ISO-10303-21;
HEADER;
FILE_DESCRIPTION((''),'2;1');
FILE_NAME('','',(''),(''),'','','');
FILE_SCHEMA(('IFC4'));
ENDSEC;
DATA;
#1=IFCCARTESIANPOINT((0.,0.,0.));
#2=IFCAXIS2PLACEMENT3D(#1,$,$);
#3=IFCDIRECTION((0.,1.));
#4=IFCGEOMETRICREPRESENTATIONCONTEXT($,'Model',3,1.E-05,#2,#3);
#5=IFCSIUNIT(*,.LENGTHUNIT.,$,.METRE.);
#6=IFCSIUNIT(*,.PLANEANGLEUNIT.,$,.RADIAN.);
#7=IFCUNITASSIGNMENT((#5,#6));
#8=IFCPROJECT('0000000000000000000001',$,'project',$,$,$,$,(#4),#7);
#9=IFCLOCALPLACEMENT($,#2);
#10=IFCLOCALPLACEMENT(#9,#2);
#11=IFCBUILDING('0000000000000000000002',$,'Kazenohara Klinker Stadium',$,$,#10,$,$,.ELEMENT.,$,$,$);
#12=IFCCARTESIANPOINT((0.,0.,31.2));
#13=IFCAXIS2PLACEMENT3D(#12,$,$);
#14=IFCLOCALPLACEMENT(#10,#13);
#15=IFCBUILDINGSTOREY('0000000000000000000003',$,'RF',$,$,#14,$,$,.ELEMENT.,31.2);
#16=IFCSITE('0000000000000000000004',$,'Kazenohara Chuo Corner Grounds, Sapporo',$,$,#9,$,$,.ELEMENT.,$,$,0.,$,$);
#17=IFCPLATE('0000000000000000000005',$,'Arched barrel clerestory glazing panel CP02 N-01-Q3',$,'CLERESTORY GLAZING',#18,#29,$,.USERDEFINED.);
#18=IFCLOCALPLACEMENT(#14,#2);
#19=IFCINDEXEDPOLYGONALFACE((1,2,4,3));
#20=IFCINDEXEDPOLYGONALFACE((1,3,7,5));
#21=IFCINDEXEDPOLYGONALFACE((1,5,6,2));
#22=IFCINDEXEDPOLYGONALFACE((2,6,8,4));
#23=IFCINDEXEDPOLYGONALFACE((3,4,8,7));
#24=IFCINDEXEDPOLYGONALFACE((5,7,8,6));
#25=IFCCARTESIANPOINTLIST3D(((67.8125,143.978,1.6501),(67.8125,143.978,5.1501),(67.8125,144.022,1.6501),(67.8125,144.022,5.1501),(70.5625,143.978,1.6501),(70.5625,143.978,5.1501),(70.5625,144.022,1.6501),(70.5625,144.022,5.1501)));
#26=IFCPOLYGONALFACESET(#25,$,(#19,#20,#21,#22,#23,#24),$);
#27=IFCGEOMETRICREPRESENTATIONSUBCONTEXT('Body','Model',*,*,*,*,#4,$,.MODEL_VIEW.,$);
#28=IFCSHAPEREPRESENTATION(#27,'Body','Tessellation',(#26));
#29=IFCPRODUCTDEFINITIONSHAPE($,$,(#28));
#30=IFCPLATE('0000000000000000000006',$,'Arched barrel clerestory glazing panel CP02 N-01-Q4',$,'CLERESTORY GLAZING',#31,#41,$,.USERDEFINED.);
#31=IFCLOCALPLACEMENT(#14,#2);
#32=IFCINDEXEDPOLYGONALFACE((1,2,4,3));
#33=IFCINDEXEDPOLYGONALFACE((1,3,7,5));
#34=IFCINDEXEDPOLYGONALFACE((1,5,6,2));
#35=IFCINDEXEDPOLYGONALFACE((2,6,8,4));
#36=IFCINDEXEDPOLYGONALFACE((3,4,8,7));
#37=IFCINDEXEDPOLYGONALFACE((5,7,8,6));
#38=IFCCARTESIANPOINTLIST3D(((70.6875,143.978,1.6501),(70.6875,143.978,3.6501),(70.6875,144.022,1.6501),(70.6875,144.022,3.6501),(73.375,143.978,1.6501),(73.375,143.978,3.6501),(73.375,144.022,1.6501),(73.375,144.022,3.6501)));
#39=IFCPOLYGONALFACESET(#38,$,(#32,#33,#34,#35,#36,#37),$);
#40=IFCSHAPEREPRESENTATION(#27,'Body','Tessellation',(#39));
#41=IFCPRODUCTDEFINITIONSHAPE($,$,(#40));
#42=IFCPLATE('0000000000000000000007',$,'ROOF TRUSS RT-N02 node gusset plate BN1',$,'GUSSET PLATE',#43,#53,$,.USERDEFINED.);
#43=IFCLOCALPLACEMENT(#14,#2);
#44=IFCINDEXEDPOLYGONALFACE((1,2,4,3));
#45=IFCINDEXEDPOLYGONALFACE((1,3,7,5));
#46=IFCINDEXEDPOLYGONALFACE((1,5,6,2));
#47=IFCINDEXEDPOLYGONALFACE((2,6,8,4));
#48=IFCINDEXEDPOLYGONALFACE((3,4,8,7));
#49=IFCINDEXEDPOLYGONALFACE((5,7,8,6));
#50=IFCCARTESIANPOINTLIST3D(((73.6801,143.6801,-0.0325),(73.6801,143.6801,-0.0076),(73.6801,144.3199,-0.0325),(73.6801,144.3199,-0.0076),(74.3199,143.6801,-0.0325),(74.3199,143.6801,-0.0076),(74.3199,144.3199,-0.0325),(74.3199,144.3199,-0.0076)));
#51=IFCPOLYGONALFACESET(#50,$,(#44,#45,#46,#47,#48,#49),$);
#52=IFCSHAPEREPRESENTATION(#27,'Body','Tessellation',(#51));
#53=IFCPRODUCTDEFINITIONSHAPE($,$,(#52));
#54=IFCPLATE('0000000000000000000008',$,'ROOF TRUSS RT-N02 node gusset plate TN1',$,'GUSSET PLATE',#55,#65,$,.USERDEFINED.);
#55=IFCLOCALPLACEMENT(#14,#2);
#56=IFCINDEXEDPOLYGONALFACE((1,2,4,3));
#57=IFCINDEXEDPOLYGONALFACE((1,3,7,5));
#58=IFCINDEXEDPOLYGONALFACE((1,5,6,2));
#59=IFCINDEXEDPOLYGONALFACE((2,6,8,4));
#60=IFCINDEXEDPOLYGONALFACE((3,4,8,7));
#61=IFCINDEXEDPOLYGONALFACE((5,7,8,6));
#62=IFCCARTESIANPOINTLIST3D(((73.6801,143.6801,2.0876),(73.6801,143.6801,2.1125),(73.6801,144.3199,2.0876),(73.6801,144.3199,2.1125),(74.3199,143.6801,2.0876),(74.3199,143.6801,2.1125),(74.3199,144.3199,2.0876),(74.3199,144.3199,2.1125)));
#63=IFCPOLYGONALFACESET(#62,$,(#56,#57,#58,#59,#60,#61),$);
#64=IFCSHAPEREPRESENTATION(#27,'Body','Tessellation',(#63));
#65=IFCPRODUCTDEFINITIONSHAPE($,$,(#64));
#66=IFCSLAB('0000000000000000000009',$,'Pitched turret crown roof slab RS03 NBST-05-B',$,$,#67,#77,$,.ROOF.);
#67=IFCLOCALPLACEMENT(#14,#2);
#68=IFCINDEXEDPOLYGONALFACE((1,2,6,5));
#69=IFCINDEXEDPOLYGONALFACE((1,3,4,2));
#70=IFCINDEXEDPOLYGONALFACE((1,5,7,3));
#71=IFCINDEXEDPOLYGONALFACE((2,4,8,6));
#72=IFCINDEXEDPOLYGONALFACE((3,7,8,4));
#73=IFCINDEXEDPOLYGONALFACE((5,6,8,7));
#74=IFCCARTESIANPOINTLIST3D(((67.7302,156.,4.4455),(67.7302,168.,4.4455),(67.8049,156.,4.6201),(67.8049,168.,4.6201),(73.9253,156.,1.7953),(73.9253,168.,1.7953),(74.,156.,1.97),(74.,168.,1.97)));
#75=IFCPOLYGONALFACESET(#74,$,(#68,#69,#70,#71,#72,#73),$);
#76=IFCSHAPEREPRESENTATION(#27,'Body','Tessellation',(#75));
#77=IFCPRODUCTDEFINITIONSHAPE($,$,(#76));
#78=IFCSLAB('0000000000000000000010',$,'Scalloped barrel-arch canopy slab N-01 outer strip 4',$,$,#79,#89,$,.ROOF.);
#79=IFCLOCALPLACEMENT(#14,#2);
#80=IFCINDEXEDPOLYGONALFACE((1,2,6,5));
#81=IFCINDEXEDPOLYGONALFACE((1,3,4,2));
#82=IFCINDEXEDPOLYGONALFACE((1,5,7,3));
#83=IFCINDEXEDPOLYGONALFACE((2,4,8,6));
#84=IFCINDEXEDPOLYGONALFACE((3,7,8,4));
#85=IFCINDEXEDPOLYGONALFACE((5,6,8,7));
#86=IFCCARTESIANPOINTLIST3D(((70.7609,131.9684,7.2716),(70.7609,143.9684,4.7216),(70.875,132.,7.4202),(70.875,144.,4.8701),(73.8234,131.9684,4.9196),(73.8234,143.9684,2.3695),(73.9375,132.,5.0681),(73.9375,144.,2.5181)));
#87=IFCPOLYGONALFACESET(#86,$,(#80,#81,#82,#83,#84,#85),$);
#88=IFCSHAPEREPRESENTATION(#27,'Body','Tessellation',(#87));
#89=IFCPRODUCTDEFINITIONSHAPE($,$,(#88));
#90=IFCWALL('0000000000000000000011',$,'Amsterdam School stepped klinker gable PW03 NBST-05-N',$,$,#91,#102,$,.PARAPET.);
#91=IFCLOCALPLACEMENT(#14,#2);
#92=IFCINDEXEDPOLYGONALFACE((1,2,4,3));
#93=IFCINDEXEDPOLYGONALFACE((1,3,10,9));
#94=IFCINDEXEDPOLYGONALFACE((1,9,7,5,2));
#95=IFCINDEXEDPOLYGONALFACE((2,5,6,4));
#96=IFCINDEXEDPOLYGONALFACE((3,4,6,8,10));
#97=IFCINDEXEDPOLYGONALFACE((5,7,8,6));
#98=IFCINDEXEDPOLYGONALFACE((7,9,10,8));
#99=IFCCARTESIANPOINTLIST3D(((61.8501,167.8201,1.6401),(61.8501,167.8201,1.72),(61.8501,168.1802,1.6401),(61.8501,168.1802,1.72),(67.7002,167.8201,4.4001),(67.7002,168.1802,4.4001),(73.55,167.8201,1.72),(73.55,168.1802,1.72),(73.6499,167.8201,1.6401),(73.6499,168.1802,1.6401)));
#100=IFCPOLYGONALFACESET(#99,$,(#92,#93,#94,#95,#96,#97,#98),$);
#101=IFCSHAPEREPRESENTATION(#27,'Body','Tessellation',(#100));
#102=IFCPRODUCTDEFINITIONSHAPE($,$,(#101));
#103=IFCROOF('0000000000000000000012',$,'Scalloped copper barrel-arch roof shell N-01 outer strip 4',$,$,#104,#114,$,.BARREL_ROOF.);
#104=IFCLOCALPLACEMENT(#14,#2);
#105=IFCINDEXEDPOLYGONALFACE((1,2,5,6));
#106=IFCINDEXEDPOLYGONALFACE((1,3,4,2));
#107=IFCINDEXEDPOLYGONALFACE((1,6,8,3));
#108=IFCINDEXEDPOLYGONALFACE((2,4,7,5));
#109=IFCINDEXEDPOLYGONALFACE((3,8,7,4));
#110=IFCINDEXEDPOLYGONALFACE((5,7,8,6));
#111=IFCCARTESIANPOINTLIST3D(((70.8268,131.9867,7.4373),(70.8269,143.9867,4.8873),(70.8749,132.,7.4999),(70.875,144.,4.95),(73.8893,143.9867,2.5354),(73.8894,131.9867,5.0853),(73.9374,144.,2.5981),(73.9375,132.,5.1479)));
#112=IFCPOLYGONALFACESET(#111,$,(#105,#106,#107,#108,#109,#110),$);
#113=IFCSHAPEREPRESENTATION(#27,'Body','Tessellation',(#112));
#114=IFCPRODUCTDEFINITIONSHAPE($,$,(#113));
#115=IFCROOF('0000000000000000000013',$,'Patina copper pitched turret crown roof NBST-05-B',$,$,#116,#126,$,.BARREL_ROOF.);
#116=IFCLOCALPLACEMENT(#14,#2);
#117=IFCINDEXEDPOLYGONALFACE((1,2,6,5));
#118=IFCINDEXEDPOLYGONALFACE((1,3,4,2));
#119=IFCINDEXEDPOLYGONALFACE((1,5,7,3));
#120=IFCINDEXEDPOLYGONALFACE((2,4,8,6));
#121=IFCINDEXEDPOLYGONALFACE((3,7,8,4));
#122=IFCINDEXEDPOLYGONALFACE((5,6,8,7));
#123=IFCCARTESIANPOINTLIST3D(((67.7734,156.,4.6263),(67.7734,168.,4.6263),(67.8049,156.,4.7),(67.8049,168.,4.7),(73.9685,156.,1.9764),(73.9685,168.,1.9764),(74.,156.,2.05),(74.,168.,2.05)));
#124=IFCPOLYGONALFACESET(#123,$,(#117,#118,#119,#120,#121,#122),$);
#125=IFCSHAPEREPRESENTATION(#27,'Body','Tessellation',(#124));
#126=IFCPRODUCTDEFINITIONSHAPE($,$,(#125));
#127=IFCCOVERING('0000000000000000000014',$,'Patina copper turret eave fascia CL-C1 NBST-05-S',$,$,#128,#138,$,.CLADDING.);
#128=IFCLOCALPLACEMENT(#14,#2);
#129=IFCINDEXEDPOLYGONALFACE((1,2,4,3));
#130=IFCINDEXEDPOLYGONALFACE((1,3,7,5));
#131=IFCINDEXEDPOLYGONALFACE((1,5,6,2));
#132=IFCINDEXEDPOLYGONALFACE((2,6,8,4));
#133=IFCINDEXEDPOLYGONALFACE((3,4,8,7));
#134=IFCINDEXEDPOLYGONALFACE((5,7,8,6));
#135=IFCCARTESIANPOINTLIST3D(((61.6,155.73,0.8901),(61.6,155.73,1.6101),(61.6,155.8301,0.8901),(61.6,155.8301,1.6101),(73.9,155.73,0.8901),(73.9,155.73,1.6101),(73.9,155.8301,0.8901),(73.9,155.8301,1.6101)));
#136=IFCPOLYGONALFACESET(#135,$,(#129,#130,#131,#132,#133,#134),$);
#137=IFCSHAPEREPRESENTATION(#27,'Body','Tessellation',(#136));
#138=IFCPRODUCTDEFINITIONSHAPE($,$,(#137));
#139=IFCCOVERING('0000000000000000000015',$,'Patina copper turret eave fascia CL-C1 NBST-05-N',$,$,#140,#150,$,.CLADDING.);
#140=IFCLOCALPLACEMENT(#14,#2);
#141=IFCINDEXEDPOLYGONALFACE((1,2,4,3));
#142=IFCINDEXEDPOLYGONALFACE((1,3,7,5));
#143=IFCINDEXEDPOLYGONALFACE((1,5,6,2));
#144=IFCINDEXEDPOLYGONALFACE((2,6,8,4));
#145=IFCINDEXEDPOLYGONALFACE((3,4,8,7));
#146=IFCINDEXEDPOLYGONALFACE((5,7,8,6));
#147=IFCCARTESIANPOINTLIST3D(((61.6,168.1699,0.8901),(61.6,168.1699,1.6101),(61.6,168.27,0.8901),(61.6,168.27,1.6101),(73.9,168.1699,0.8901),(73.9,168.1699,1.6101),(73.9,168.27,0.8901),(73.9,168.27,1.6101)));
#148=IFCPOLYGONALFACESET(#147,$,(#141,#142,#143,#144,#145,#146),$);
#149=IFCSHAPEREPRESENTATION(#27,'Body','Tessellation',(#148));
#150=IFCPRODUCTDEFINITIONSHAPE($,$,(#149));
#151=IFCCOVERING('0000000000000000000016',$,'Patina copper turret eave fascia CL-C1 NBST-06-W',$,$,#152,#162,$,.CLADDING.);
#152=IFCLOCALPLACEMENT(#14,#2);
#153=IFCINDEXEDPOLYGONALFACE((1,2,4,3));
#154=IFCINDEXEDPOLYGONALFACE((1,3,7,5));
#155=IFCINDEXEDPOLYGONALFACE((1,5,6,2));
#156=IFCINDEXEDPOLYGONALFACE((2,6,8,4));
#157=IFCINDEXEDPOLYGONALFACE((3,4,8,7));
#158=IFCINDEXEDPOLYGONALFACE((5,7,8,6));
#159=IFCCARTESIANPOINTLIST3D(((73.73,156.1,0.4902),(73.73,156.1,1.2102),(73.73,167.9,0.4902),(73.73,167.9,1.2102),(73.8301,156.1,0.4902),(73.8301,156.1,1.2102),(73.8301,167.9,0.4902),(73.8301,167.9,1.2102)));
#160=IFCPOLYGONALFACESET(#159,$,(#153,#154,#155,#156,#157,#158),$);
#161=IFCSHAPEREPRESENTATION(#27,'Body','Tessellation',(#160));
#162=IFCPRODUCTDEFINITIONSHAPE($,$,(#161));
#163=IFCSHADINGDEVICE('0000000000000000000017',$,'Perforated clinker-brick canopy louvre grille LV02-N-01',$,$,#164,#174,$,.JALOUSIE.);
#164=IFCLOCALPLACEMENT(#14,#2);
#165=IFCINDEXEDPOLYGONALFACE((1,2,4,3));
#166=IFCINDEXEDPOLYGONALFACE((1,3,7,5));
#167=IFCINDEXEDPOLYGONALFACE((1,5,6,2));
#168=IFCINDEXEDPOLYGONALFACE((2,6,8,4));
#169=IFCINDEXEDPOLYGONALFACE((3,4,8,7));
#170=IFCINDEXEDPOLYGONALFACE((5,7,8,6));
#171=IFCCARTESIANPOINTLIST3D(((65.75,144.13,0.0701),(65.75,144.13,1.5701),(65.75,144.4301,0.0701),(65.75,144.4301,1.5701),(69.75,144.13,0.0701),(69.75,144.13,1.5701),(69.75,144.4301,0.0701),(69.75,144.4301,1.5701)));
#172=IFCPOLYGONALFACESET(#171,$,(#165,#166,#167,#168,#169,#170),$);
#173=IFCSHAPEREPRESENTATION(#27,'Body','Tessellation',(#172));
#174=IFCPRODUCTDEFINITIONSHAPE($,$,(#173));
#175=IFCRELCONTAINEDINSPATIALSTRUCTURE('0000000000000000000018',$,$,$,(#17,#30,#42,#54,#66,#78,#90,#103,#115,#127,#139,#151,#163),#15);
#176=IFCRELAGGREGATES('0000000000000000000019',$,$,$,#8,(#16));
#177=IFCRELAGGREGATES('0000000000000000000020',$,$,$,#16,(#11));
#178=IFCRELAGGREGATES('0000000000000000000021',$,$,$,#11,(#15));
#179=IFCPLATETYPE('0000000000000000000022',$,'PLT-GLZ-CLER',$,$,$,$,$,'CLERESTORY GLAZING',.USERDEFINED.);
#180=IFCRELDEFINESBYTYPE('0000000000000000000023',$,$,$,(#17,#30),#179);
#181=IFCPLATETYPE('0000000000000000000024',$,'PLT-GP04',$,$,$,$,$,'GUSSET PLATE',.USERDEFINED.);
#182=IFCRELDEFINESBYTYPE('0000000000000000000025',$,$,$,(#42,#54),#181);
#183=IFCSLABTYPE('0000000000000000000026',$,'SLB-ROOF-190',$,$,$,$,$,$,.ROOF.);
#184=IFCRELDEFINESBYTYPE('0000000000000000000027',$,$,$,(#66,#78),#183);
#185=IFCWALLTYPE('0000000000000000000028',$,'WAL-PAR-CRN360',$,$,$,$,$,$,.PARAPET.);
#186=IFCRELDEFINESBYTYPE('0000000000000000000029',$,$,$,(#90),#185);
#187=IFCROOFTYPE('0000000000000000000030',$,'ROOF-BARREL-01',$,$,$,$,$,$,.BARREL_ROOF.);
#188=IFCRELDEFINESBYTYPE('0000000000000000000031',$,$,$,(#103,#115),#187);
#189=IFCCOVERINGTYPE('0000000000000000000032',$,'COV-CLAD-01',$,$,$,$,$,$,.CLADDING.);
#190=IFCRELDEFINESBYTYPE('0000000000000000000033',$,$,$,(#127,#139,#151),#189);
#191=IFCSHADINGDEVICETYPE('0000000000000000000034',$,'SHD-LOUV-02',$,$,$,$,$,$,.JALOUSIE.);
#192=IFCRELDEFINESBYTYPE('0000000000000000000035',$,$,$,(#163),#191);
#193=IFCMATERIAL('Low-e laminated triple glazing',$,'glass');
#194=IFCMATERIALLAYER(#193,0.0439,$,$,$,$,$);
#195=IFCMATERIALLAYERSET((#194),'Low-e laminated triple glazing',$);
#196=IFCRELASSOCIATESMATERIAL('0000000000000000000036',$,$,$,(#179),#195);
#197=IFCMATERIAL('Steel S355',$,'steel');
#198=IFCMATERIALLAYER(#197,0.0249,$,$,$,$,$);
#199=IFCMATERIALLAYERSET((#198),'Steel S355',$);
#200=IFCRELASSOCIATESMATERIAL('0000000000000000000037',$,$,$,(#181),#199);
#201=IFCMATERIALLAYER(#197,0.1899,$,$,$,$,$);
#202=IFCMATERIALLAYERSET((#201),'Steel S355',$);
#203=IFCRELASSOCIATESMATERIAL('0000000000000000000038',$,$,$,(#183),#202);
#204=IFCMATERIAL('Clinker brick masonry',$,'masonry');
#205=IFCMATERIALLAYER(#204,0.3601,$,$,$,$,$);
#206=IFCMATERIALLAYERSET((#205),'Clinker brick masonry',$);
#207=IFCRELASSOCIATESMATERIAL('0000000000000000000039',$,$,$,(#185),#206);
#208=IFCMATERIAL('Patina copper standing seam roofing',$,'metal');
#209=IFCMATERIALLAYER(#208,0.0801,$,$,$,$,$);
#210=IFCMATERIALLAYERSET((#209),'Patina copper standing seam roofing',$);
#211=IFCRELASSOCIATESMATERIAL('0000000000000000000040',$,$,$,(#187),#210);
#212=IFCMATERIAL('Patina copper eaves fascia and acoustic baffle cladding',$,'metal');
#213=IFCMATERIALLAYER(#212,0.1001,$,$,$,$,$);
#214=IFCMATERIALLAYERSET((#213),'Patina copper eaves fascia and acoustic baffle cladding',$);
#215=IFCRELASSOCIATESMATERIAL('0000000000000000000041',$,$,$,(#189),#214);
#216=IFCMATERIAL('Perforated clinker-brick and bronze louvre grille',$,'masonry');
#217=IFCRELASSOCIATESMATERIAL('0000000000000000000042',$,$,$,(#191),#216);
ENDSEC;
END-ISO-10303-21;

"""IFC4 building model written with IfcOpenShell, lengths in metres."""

from ifc_helpers import new_model, si_unit, direction, frame, origin, origin_2d, place, context, subcontext, project, spatial, polyline, rectangle, outline, extrude, material, layer, layer_set, type_object, element, save


model = new_model("IFC4")

# Units and contexts
model_context = context("Model", 3, precision=1e-05, world=origin(), true_north=direction((0.0, 1.0)))
body_context = subcontext(model_context, "Body", "Model", "MODEL_VIEW")
ifc_project = project(units=[si_unit("LENGTHUNIT", "METRE"), si_unit("PLANEANGLEUNIT", "RADIAN")], contexts=[model_context])

# Site, building, storey
site_placement = place(None, origin())
site = spatial("IfcSite", under=ifc_project, at=site_placement, Name="Kazenohara Chuo Corner Grounds, Sapporo", CompositionType="ELEMENT", RefElevation=0.0)
building_placement = place(site_placement, origin())
building = spatial("IfcBuilding", under=site, at=building_placement, Name="Kazenohara Klinker Stadium", CompositionType="ELEMENT")
storey_placement = place(building_placement, frame((0.0, 0.0, 31.2)))
storey = spatial("IfcBuildingStorey", under=building, at=storey_placement, Name="RF", CompositionType="ELEMENT", Elevation=31.2)

# Shared definitions
ifc_material_1 = material(Name="Steel S355", Category="steel")

# Plates
ifc_material_2 = material(Name="Low-e laminated triple glazing", Category="glass")
ifc_layer_1 = layer(ifc_material_2, 0.0439)
ifc_layer_set_1 = layer_set([ifc_layer_1], Name="Low-e laminated triple glazing")
plate_type_1 = type_object("IfcPlateType", Name="PLT-GLZ-CLER", ElementType="CLERESTORY GLAZING", PredefinedType="USERDEFINED", material=ifc_layer_set_1)
plate_1_placement = place(storey_placement, frame((69.1875, 144.0, 1.6501), z_axis=(0.0, 0.0, 1.0), x_axis=(1.0, 0.0, 0.0)))
element("IfcPlate", 1, at=plate_1_placement, inside=storey, type_object=plate_type_1, Name="Arched barrel clerestory glazing panel CP02 N-01-Q3", ObjectType="CLERESTORY GLAZING", PredefinedType="USERDEFINED", context=body_context, shape_type="SweptSolid", body=[
    extrude(rectangle(XDim=2.75, YDim=0.0439, at=origin_2d()), origin(), (0.0, 0.0, 1.0), 3.5),
])
plate_2_placement = place(storey_placement, frame((72.0312, 144.0, 1.6501), z_axis=(0.0, 0.0, 1.0), x_axis=(1.0, 0.0, 0.0)))
element("IfcPlate", 2, at=plate_2_placement, inside=storey, type_object=plate_type_1, Name="Arched barrel clerestory glazing panel CP02 N-01-Q4", ObjectType="CLERESTORY GLAZING", PredefinedType="USERDEFINED", context=body_context, shape_type="SweptSolid", body=[
    extrude(rectangle(XDim=2.6875, YDim=0.0439, at=origin_2d()), origin(), (0.0, 0.0, 1.0), 2.0),
])
ifc_layer_2 = layer(ifc_material_1, 0.0249)
ifc_layer_set_2 = layer_set([ifc_layer_2], Name="Steel S355")
plate_type_2 = type_object("IfcPlateType", Name="PLT-GP04", ElementType="GUSSET PLATE", PredefinedType="USERDEFINED", material=ifc_layer_set_2)
for number, where, z_axis, x_axis, name in (
    (3, (74.0, 144.0, -0.0325), (0.0, 0.0, 1.0), (1.0, 0.0, 0.0), "ROOF TRUSS RT-N02 node gusset plate BN1"),
    (4, (74.0, 144.0, 2.0876), (0.0, 0.0, 1.0), (1.0, 0.0, 0.0), "ROOF TRUSS RT-N02 node gusset plate TN1"),
):
    element("IfcPlate", number, at=place(storey_placement, frame(where, z_axis=z_axis, x_axis=x_axis)), inside=storey, type_object=plate_type_2, Name=name, ObjectType="GUSSET PLATE", PredefinedType="USERDEFINED", context=body_context, shape_type="SweptSolid", body=[
        extrude(rectangle(XDim=0.6399, YDim=0.6399, at=origin_2d()), origin(), (0.0, 0.0, 1.0), 0.0249),
    ])

# Slabs
ifc_layer_3 = layer(ifc_material_1, 0.1899)
ifc_layer_set_3 = layer_set([ifc_layer_3], Name="Steel S355")
slab_type = type_object("IfcSlabType", Name="SLB-ROOF-190", PredefinedType="ROOF", material=ifc_layer_set_3)
slab_1_placement = place(storey_placement, frame((67.8049, 156.0, 4.6201), z_axis=(0.393307, 0.0, 0.919407), x_axis=(0.919407, 0.0, -0.393307)))
element("IfcSlab", 5, at=slab_1_placement, inside=storey, type_object=slab_type, Name="Pitched turret crown roof slab RS03 NBST-05-B", PredefinedType="ROOF", context=body_context, shape_type="SweptSolid", body=[
    extrude(outline(polyline([(0.0, 0.0), (6.7381, 0.0), (6.7381, 12.0), (0.0, 12.0), (0.0, 0.0)])), origin(), (0.0, 0.0, -1.0), 0.1899),
])
slab_2_placement = place(storey_placement, frame((70.875, 144.0, 4.8701), z_axis=(0.600635, 0.166191, 0.78206), x_axis=(0.0, -0.978158, 0.207863)))
element("IfcSlab", 6, at=slab_2_placement, inside=storey, type_object=slab_type, Name="Scalloped barrel-arch canopy slab N-01 outer strip 4", PredefinedType="ROOF", context=body_context, shape_type="SweptSolid", body=[
    extrude(outline(polyline([(0.0, 0.0), (12.268, 0.0), (11.7791, 3.8304), (-0.4889, 3.8304), (0.0, 0.0)])), origin(), (0.0, 0.0, -1.0), 0.1899),
])

# Wall
ifc_material_3 = material(Name="Clinker brick masonry", Category="masonry")
ifc_layer_4 = layer(ifc_material_3, 0.3601)
ifc_layer_set_4 = layer_set([ifc_layer_4], Name="Clinker brick masonry")
wall_type = type_object("IfcWallType", Name="WAL-PAR-CRN360", PredefinedType="PARAPET", material=ifc_layer_set_4)
wall_placement = place(storey_placement, frame((61.8501, 168.0, 1.6401), z_axis=(0.0, 0.0, 1.0), x_axis=(1.0, 0.0, 0.0)))
element("IfcWall", 7, at=wall_placement, inside=storey, type_object=wall_type, Name="Amsterdam School stepped klinker gable PW03 NBST-05-N", PredefinedType="PARAPET", context=body_context, shape_type="SweptSolid", body=[
    extrude(outline(polyline([(0.0, 0.0), (11.7998, 0.0), (11.7, 0.0798), (5.8501, 2.76), (0.0, 0.0798), (0.0, 0.0)])), frame((0.0, 0.1802, 0.0), z_axis=(0.0, -1.0, 0.0), x_axis=(1.0, 0.0, 0.0)), (0.0, 0.0, 1.0), 0.3601),
])

# Roofs
ifc_material_4 = material(Name="Patina copper standing seam roofing", Category="metal")
ifc_layer_5 = layer(ifc_material_4, 0.0801)
ifc_layer_set_5 = layer_set([ifc_layer_5], Name="Patina copper standing seam roofing")
roof_type = type_object("IfcRoofType", Name="ROOF-BARREL-01", PredefinedType="BARREL_ROOF", material=ifc_layer_set_5)
roof_1_placement = place(storey_placement, frame((70.875, 144.0, 4.95), z_axis=(0.600616, 0.166186, 0.782076), x_axis=(-0.000005, -0.978159, 0.207856)))
element("IfcRoof", 8, at=roof_1_placement, inside=storey, type_object=roof_type, Name="Scalloped copper barrel-arch roof shell N-01 outer strip 4", PredefinedType="BARREL_ROOF", context=body_context, shape_type="SweptSolid", body=[
    extrude(outline(polyline([(0.0, 0.0), (12.268, 0.0), (11.7791, 3.8304), (-0.4889, 3.8303), (0.0, 0.0)])), origin(), (0.0, 0.0, -1.0), 0.0801),
])
roof_2_placement = place(storey_placement, frame((67.8049, 156.0, 4.7), z_axis=(0.393276, 0.0, 0.91942), x_axis=(0.91942, 0.0, -0.393276)))
element("IfcRoof", 9, at=roof_2_placement, inside=storey, type_object=roof_type, Name="Patina copper pitched turret crown roof NBST-05-B", PredefinedType="BARREL_ROOF", context=body_context, shape_type="SweptSolid", body=[
    extrude(outline(polyline([(0.0, 0.0), (6.738, 0.0), (6.738, 12.0), (0.0, 12.0), (0.0, 0.0)])), origin(), (0.0, 0.0, -1.0), 0.0801),
])

# Coverings
ifc_material_5 = material(Name="Patina copper eaves fascia and acoustic baffle cladding", Category="metal")
ifc_layer_6 = layer(ifc_material_5, 0.1001)
ifc_layer_set_6 = layer_set([ifc_layer_6], Name="Patina copper eaves fascia and acoustic baffle cladding")
covering_type = type_object("IfcCoveringType", Name="COV-CLAD-01", PredefinedType="CLADDING", material=ifc_layer_set_6)
for number, where, z_axis, x_axis, name in (
    (10, (67.75, 155.78, 0.8901), (0.0, 0.0, 1.0), (1.0, 0.0, 0.0), "Patina copper turret eave fascia CL-C1 NBST-05-S"),
    (11, (67.75, 168.22, 0.8901), (0.0, 0.0, 1.0), (1.0, 0.0, 0.0), "Patina copper turret eave fascia CL-C1 NBST-05-N"),
):
    element("IfcCovering", number, at=place(storey_placement, frame(where, z_axis=z_axis, x_axis=x_axis)), inside=storey, type_object=covering_type, Name=name, PredefinedType="CLADDING", context=body_context, shape_type="SweptSolid", body=[
        extrude(rectangle(XDim=12.3, YDim=0.1001, at=origin_2d()), origin(), (0.0, 0.0, 1.0), 0.72),
    ])
covering_placement = place(storey_placement, frame((73.78, 162.0, 0.4902), z_axis=(0.0, 0.0, 1.0), x_axis=(1.0, 0.0, 0.0)))
element("IfcCovering", 12, at=covering_placement, inside=storey, type_object=covering_type, Name="Patina copper turret eave fascia CL-C1 NBST-06-W", PredefinedType="CLADDING", context=body_context, shape_type="SweptSolid", body=[
    extrude(rectangle(XDim=0.1001, YDim=11.8, at=origin_2d()), origin(), (0.0, 0.0, 1.0), 0.72),
])

# Shading device
ifc_material_6 = material(Name="Perforated clinker-brick and bronze louvre grille", Category="masonry")
shading_device_type = type_object("IfcShadingDeviceType", Name="SHD-LOUV-02", PredefinedType="JALOUSIE", material=ifc_material_6)
shading_device_placement = place(storey_placement, frame((67.75, 144.28, 0.0701), z_axis=(0.0, 0.0, 1.0), x_axis=(1.0, 0.0, 0.0)))
element("IfcShadingDevice", 13, at=shading_device_placement, inside=storey, type_object=shading_device_type, Name="Perforated clinker-brick canopy louvre grille LV02-N-01", PredefinedType="JALOUSIE", context=body_context, shape_type="SweptSolid", body=[
    extrude(rectangle(XDim=4.0, YDim=0.3, at=origin_2d()), origin(), (0.0, 0.0, 1.0), 1.5),
])

save(model, "model.ifc")
